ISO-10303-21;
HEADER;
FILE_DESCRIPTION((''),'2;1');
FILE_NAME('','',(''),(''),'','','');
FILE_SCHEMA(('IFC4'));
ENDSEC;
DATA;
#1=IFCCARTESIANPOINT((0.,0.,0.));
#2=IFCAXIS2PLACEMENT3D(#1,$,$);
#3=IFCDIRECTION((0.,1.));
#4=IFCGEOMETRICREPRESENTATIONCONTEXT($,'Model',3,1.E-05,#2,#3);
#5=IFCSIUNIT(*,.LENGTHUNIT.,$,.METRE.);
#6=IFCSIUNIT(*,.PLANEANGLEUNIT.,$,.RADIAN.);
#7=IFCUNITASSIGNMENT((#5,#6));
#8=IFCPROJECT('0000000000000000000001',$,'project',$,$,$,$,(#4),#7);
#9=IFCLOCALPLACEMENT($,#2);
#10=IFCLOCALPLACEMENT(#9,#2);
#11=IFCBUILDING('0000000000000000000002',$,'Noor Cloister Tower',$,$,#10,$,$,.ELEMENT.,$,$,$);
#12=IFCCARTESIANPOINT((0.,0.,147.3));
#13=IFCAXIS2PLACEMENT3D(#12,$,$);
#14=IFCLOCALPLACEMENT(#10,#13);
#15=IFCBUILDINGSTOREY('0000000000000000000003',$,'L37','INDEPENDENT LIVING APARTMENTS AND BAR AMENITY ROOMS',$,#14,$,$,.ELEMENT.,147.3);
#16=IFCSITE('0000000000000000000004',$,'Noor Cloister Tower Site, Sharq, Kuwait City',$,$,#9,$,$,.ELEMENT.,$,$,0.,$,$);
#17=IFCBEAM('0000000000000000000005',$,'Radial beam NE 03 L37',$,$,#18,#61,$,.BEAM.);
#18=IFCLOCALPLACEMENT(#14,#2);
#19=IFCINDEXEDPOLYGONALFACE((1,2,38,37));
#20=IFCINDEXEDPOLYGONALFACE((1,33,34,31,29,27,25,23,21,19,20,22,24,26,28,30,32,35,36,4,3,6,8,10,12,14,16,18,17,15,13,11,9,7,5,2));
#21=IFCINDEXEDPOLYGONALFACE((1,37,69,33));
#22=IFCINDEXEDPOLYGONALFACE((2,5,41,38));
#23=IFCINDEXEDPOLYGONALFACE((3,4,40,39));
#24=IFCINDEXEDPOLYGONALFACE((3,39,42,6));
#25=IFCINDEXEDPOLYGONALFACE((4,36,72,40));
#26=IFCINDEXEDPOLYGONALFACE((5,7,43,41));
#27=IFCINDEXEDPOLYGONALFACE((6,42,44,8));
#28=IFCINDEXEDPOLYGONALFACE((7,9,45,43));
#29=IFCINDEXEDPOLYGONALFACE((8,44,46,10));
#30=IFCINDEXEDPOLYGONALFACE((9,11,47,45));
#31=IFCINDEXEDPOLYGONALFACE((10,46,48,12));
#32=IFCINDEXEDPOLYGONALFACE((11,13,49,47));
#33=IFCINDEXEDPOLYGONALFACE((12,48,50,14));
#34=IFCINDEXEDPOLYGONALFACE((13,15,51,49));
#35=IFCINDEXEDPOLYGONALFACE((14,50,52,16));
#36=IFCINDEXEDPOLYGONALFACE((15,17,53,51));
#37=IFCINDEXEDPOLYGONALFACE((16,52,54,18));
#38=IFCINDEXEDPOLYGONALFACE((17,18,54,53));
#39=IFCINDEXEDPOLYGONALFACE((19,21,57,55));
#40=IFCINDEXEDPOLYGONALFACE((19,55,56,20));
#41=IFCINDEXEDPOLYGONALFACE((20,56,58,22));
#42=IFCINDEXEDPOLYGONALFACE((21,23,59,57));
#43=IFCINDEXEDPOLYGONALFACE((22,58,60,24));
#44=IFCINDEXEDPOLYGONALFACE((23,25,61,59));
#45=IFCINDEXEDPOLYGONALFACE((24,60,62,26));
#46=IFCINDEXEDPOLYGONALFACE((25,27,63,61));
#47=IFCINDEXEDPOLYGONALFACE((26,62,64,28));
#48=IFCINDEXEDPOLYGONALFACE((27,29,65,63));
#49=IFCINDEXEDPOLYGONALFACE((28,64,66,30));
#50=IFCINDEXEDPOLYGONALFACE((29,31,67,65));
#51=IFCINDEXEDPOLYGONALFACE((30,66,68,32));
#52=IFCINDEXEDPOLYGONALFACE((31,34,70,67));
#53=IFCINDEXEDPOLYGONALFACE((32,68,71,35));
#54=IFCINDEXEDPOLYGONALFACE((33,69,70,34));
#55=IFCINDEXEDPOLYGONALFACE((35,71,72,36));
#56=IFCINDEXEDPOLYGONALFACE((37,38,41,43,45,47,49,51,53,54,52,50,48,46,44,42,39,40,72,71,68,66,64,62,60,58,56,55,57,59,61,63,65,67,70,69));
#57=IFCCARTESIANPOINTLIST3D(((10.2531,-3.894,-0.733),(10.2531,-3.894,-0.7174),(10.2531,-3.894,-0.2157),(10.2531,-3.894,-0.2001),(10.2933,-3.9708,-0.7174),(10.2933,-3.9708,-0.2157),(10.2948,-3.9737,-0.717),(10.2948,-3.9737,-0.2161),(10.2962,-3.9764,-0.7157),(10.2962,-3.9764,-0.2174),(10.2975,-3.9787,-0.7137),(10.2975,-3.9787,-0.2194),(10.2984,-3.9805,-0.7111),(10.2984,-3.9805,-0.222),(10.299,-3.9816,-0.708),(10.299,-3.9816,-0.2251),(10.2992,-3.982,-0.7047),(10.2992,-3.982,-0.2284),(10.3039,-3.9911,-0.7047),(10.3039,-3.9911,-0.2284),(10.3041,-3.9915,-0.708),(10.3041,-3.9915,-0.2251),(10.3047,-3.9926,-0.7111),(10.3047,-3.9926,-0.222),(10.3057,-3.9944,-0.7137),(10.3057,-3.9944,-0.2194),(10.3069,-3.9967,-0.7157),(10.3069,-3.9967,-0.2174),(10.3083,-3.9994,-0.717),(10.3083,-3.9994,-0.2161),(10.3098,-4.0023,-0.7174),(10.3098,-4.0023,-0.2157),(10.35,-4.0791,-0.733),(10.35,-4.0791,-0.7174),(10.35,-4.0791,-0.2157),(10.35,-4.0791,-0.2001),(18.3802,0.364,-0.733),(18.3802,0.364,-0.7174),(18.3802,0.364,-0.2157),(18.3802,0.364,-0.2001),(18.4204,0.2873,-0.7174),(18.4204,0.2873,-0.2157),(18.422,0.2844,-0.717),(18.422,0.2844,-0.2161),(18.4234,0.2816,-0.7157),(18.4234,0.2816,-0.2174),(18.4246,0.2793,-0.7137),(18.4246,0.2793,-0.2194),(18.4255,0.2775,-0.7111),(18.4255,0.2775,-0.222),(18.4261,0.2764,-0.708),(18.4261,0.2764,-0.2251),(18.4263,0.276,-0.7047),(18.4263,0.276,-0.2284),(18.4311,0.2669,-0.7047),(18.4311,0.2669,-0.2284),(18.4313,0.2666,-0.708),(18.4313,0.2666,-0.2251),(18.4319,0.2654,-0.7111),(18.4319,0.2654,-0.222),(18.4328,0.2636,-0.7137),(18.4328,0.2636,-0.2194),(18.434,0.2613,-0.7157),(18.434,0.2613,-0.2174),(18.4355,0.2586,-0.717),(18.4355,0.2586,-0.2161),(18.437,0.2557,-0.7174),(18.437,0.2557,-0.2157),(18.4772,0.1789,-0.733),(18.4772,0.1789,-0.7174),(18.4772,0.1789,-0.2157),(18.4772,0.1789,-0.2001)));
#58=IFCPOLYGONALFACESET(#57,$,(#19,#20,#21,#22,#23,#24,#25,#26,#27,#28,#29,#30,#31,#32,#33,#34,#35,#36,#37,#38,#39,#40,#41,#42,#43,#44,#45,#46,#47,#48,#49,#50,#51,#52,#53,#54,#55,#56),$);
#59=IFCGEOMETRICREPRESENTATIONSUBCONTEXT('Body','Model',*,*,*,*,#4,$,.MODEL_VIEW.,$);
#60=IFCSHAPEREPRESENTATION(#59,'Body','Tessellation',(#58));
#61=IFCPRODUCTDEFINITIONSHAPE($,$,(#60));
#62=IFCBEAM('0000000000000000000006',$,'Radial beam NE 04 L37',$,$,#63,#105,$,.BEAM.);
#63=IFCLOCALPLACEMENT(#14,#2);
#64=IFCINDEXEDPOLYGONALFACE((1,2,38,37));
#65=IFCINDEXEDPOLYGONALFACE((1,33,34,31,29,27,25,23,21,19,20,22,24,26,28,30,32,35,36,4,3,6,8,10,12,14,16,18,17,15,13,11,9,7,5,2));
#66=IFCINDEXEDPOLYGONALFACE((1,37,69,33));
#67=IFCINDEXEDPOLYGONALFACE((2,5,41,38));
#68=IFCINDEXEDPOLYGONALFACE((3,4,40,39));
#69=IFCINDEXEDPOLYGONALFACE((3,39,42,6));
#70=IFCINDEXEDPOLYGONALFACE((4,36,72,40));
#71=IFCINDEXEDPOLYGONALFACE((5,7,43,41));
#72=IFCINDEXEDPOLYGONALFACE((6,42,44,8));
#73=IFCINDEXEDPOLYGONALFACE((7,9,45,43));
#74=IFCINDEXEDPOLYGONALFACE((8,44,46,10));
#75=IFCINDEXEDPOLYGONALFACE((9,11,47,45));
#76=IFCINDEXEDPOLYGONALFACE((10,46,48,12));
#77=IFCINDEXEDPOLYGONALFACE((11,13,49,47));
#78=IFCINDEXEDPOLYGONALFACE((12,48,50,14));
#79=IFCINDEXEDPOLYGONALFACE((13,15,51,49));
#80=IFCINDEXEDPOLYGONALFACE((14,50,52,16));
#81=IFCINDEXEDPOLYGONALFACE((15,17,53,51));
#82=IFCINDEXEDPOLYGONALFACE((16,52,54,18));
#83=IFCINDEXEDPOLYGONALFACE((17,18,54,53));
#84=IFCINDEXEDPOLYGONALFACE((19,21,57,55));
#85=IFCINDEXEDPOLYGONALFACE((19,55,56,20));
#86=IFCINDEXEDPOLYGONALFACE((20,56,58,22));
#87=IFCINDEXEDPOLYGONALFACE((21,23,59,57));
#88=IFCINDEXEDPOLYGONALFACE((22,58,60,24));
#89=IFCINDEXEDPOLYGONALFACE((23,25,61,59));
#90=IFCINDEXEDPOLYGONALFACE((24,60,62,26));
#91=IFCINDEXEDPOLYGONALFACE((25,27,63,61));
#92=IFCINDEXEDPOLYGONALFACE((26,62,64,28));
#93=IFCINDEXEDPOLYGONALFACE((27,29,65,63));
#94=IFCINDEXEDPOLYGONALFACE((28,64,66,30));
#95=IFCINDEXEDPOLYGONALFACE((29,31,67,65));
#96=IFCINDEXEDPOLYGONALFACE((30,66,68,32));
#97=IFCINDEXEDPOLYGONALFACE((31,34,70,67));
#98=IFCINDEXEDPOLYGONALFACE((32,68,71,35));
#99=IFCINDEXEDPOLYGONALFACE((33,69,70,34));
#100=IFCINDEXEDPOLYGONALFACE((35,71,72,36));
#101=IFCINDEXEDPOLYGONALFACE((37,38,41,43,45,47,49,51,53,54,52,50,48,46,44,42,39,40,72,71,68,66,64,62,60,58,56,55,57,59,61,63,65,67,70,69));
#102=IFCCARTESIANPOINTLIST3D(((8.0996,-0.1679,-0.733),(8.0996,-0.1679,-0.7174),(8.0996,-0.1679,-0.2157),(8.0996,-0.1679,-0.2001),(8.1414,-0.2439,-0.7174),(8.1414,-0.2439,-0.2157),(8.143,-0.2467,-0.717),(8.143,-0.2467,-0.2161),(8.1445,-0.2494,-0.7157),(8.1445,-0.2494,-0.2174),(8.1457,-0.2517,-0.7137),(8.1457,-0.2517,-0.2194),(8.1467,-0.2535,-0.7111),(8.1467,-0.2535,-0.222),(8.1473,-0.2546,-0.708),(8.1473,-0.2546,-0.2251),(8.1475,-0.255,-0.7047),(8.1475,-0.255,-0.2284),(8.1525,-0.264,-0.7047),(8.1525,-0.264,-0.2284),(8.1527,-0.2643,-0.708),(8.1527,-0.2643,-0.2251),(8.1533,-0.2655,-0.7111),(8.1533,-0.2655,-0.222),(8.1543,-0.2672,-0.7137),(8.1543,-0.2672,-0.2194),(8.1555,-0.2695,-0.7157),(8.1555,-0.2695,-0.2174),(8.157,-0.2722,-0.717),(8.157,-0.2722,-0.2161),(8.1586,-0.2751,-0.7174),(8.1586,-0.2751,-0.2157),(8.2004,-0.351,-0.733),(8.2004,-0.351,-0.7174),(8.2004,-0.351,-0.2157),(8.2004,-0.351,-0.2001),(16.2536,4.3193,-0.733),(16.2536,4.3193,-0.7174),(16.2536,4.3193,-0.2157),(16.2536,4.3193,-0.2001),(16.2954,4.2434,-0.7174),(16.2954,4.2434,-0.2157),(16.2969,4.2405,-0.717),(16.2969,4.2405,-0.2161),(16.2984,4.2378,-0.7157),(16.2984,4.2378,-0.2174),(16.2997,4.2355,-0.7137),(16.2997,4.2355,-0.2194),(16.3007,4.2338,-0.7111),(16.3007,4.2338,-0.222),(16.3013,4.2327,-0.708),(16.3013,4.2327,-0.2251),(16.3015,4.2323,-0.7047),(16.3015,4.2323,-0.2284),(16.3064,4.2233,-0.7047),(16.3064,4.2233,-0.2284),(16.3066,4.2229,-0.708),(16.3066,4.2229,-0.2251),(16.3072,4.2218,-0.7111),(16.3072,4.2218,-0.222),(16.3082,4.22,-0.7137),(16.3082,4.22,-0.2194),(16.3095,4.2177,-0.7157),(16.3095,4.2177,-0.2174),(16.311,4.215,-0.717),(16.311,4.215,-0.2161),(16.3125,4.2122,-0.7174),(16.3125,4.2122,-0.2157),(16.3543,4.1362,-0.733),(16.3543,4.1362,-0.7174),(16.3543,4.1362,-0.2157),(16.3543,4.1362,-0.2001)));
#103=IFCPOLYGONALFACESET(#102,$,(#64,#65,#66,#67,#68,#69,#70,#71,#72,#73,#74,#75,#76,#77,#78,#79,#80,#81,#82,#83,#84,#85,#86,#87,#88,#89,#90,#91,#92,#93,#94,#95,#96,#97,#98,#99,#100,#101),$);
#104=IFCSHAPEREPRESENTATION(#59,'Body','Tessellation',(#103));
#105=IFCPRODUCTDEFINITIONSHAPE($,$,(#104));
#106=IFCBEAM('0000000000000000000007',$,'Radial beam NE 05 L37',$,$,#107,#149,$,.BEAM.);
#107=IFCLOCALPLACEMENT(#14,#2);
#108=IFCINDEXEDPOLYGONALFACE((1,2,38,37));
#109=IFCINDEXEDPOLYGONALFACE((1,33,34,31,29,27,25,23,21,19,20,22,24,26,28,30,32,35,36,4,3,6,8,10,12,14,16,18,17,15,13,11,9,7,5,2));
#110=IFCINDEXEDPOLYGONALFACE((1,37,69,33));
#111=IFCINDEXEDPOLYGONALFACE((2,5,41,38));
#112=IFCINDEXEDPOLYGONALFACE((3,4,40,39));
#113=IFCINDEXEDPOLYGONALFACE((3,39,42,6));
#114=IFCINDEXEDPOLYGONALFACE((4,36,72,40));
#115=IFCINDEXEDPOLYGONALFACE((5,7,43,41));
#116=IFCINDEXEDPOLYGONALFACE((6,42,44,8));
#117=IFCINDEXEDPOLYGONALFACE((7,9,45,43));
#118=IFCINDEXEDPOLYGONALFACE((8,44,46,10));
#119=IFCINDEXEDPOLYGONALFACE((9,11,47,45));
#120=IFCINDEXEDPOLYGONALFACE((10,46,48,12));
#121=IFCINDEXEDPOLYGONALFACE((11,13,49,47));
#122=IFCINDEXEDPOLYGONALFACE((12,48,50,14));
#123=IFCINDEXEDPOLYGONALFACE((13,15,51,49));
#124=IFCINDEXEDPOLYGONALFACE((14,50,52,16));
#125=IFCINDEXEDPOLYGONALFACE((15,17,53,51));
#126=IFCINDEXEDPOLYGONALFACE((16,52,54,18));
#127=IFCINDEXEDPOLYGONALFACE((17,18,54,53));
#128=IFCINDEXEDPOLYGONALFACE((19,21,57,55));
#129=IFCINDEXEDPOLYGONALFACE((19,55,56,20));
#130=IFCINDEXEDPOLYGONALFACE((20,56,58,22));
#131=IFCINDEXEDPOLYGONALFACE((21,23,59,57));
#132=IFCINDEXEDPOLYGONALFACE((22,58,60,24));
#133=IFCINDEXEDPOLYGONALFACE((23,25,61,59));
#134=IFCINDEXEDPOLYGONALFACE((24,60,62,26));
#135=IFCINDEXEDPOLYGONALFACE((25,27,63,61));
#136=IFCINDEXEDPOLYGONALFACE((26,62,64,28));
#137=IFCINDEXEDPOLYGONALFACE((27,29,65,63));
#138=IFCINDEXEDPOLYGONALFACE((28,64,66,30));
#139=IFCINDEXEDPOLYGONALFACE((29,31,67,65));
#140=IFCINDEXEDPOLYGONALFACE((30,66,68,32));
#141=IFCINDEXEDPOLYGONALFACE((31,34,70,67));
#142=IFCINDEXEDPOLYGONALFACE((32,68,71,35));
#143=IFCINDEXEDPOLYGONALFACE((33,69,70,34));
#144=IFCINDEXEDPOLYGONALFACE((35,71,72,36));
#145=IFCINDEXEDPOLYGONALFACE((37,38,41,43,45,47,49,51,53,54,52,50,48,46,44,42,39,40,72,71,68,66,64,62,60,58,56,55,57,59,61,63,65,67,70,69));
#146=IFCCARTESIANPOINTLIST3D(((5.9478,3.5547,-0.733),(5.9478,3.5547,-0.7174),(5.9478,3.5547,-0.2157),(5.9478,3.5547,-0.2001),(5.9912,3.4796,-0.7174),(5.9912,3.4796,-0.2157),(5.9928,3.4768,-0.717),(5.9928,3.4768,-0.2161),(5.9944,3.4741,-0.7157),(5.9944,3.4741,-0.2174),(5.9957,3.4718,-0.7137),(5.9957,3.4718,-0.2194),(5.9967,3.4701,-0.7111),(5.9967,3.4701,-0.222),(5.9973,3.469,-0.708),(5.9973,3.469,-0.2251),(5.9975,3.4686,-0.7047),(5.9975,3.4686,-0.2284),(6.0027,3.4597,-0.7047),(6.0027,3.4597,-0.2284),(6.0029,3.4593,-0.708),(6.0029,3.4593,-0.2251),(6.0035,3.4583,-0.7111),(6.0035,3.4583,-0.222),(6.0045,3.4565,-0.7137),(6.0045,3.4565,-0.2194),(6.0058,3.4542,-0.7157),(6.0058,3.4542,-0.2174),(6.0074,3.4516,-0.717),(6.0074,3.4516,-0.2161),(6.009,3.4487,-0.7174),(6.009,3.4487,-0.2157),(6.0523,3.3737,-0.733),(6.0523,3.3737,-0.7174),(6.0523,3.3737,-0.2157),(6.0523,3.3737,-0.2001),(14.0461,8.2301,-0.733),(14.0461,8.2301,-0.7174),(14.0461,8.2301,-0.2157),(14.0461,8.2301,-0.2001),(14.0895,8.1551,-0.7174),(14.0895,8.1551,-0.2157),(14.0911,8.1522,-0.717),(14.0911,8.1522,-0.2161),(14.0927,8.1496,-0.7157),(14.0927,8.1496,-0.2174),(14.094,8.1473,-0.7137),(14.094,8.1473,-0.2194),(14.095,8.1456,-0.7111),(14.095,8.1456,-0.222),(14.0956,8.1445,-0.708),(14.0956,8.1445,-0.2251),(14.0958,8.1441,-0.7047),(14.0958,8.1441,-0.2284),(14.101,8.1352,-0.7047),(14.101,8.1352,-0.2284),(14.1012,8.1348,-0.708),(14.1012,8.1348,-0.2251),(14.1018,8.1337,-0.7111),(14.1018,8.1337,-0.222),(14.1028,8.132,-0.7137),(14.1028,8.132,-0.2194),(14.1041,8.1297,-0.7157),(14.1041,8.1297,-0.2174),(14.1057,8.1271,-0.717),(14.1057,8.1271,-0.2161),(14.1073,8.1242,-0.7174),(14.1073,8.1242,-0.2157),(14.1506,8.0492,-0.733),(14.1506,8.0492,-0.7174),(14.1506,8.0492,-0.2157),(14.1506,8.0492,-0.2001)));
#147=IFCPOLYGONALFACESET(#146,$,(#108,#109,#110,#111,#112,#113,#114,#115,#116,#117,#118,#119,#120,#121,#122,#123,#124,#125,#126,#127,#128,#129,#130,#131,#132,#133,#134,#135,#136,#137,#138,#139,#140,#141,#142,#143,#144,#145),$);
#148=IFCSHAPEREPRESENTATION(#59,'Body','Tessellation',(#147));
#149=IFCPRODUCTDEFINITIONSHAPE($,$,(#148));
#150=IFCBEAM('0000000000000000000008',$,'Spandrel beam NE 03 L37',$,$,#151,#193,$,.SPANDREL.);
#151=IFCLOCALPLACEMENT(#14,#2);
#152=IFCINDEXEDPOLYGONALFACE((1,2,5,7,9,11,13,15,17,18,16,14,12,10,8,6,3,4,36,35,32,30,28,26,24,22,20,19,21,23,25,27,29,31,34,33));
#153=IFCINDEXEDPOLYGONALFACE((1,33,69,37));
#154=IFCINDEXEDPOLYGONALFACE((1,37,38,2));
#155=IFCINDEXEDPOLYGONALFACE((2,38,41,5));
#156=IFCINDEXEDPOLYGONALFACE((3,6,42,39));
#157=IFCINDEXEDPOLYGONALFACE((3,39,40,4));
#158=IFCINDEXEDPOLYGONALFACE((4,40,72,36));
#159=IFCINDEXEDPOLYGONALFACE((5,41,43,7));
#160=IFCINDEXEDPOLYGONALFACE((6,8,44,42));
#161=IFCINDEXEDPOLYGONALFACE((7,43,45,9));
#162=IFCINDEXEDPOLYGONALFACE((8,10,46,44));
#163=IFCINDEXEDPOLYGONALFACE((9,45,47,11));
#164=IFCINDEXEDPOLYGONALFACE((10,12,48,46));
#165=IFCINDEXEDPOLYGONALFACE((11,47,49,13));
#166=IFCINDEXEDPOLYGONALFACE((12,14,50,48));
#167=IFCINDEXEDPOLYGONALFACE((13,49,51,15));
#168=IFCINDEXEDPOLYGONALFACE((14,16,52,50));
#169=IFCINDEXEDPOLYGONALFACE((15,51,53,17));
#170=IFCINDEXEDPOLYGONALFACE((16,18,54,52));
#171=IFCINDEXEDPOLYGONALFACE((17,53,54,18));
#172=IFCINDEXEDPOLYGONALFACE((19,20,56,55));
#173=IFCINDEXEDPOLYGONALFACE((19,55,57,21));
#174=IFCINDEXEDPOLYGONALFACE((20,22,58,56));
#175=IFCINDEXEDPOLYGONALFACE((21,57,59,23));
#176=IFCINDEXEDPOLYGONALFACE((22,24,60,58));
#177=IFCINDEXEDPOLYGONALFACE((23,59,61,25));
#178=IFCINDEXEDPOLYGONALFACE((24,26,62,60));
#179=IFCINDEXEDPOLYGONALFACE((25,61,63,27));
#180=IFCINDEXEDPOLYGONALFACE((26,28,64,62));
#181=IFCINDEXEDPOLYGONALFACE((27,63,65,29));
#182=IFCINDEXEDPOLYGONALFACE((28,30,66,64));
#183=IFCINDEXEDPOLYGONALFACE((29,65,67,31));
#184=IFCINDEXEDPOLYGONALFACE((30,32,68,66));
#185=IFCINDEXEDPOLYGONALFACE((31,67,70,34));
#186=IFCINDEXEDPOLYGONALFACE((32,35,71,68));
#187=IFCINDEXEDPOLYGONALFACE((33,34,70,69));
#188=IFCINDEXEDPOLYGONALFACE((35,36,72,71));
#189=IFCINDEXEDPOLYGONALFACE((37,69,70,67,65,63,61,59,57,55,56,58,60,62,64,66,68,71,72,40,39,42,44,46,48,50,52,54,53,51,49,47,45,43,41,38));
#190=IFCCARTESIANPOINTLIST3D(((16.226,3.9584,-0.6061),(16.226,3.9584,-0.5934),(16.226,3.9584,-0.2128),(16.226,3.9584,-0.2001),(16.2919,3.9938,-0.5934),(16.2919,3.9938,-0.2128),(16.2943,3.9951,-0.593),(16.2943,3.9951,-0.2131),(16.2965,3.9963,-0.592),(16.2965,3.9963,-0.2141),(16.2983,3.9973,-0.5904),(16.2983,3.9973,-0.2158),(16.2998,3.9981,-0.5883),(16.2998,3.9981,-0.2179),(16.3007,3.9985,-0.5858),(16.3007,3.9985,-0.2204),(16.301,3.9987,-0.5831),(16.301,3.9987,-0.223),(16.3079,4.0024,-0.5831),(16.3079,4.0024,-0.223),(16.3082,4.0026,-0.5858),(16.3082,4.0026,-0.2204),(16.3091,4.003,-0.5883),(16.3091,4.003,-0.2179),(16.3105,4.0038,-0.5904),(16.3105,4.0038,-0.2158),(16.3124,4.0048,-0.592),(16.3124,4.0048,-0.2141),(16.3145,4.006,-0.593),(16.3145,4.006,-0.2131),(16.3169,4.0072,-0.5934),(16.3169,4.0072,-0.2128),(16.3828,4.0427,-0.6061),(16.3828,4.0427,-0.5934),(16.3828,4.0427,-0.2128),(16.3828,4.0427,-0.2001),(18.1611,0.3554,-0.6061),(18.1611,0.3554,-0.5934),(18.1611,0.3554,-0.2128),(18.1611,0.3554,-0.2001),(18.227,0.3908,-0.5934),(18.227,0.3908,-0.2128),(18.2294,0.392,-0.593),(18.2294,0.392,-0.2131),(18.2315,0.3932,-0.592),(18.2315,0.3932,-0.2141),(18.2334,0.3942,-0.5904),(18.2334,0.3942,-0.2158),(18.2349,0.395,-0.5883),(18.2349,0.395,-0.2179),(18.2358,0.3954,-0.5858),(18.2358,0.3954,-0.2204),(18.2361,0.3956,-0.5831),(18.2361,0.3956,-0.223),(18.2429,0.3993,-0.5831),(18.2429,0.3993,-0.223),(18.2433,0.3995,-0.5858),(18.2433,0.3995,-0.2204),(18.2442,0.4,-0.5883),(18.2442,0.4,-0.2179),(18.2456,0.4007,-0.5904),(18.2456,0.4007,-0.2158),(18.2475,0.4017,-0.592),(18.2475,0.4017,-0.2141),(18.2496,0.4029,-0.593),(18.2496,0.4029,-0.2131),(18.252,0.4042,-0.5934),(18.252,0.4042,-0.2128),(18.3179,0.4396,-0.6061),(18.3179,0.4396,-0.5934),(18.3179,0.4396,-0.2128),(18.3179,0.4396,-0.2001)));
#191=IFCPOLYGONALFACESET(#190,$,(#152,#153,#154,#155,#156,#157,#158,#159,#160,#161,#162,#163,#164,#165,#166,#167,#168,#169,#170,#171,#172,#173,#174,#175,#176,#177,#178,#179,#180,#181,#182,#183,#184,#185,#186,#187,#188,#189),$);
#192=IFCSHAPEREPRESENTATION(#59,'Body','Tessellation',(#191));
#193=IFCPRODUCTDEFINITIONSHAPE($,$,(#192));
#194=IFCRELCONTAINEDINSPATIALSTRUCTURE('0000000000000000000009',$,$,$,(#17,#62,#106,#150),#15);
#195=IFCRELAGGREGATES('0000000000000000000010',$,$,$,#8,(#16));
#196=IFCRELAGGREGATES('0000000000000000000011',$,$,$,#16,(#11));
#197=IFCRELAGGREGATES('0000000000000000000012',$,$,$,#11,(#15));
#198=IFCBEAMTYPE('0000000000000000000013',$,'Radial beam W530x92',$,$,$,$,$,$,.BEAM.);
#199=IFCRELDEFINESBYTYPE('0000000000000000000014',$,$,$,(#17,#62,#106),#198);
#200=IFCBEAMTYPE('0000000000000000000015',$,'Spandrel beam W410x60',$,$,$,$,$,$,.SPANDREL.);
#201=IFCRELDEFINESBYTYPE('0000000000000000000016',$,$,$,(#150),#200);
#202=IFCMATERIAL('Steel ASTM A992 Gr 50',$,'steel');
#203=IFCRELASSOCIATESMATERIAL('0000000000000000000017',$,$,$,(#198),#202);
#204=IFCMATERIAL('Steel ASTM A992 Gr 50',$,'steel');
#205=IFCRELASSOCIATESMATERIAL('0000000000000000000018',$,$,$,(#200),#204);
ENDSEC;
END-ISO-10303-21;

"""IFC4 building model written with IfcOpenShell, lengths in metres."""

from ifc_helpers import new_model, si_unit, direction, frame, origin, origin_2d, place, context, subcontext, project, spatial, i_section, extrude, material, material_profile, profile_set, type_object, element, save


model = new_model("IFC4")

# Units and contexts
model_context = context("Model", 3, precision=1e-05, world=origin(), true_north=direction((0.0, 1.0)))
body_context = subcontext(model_context, "Body", "Model", "MODEL_VIEW")
ifc_project = project(units=[si_unit("LENGTHUNIT", "METRE"), si_unit("PLANEANGLEUNIT", "RADIAN")], contexts=[model_context])

# Site, building, storey
site_placement = place(None, origin())
site = spatial("IfcSite", under=ifc_project, at=site_placement, Name="Noor Cloister Tower Site, Sharq, Kuwait City", CompositionType="ELEMENT", RefElevation=0.0)
building_placement = place(site_placement, origin())
building = spatial("IfcBuilding", under=site, at=building_placement, Name="Noor Cloister Tower", CompositionType="ELEMENT")
storey_placement = place(building_placement, frame((0.0, 0.0, 147.3)))
storey = spatial("IfcBuildingStorey", under=building, at=storey_placement, Name="L37", Description="INDEPENDENT LIVING APARTMENTS AND BAR AMENITY ROOMS", CompositionType="ELEMENT", Elevation=147.3)

# Beams
ifc_material_1 = material(Name="Steel ASTM A992 Gr 50", Category="steel")
ifc_material_profile_1 = material_profile(ifc_material_1, i_section(OverallWidth=0.209, OverallDepth=0.533, WebThickness=0.0103, FlangeThickness=0.0156, FilletRadius=0.0127, at=origin_2d()), Name="W530x92")
ifc_profile_set_1 = profile_set([ifc_material_profile_1], Name="Steel ASTM A992 Gr 50")
beam_type_1 = type_object("IfcBeamType", Name="Radial beam W530x92", PredefinedType="BEAM", material=ifc_profile_set_1)
beam_1_placement = place(storey_placement, frame((18.4287, 0.2715, -0.4666), z_axis=(-0.885789, -0.464089, 0.0), x_axis=(0.464089, -0.885789, 0.0)))
element("IfcBeam", 1, at=beam_1_placement, inside=storey, type_object=beam_type_1, Name="Radial beam NE 03 L37", PredefinedType="BEAM", context=body_context, shape_type="SweptSolid", body=[
    extrude(i_section(OverallWidth=0.209, OverallDepth=0.533, WebThickness=0.0103, FlangeThickness=0.0156, FilletRadius=0.0127, at=origin_2d()), origin(), (0.0, 0.0, 1.0), 9.175),
])
beam_2_placement = place(storey_placement, frame((16.304, 4.2278, -0.4666), z_axis=(-0.876099, -0.482131, 0.0), x_axis=(0.482131, -0.876099, 0.0)))
element("IfcBeam", 2, at=beam_2_placement, inside=storey, type_object=beam_type_1, Name="Radial beam NE 04 L37", PredefinedType="BEAM", context=body_context, shape_type="SweptSolid", body=[
    extrude(i_section(OverallWidth=0.209, OverallDepth=0.533, WebThickness=0.0103, FlangeThickness=0.0156, FilletRadius=0.0127, at=origin_2d()), origin(), (0.0, 0.0, 1.0), 9.3071),
])
beam_3_placement = place(storey_placement, frame((14.0984, 8.1396, -0.4666), z_axis=(-0.866029, -0.499994, 0.0), x_axis=(0.499994, -0.866029, 0.0)))
element("IfcBeam", 3, at=beam_3_placement, inside=storey, type_object=beam_type_1, Name="Radial beam NE 05 L37", PredefinedType="BEAM", context=body_context, shape_type="SweptSolid", body=[
    extrude(i_section(OverallWidth=0.209, OverallDepth=0.533, WebThickness=0.0103, FlangeThickness=0.0156, FilletRadius=0.0127, at=origin_2d()), origin(), (0.0, 0.0, 1.0), 9.3511),
])
ifc_material_2 = material(Name="Steel ASTM A992 Gr 50", Category="steel")
ifc_material_profile_2 = material_profile(ifc_material_2, i_section(OverallWidth=0.178, OverallDepth=0.406, WebThickness=0.0078, FlangeThickness=0.0127, FilletRadius=0.0103, at=origin_2d()), Name="W410x60")
ifc_profile_set_2 = profile_set([ifc_material_profile_2], Name="Steel ASTM A992 Gr 50")
beam_type_2 = type_object("IfcBeamType", Name="Spandrel beam W410x60", PredefinedType="SPANDREL", material=ifc_profile_set_2)
beam_4_placement = place(storey_placement, frame((18.2395, 0.3975, -0.4031), z_axis=(-0.473146, 0.880984, 0.0), x_axis=(-0.880984, -0.473146, 0.0)))
element("IfcBeam", 4, at=beam_4_placement, inside=storey, type_object=beam_type_2, Name="Spandrel beam NE 03 L37", PredefinedType="SPANDREL", context=body_context, shape_type="SweptSolid", body=[
    extrude(i_section(OverallWidth=0.178, OverallDepth=0.406, WebThickness=0.0078, FlangeThickness=0.0127, FilletRadius=0.0103, at=origin_2d()), origin(), (0.0, 0.0, 1.0), 4.0898),
])

save(model, "model.ifc")
